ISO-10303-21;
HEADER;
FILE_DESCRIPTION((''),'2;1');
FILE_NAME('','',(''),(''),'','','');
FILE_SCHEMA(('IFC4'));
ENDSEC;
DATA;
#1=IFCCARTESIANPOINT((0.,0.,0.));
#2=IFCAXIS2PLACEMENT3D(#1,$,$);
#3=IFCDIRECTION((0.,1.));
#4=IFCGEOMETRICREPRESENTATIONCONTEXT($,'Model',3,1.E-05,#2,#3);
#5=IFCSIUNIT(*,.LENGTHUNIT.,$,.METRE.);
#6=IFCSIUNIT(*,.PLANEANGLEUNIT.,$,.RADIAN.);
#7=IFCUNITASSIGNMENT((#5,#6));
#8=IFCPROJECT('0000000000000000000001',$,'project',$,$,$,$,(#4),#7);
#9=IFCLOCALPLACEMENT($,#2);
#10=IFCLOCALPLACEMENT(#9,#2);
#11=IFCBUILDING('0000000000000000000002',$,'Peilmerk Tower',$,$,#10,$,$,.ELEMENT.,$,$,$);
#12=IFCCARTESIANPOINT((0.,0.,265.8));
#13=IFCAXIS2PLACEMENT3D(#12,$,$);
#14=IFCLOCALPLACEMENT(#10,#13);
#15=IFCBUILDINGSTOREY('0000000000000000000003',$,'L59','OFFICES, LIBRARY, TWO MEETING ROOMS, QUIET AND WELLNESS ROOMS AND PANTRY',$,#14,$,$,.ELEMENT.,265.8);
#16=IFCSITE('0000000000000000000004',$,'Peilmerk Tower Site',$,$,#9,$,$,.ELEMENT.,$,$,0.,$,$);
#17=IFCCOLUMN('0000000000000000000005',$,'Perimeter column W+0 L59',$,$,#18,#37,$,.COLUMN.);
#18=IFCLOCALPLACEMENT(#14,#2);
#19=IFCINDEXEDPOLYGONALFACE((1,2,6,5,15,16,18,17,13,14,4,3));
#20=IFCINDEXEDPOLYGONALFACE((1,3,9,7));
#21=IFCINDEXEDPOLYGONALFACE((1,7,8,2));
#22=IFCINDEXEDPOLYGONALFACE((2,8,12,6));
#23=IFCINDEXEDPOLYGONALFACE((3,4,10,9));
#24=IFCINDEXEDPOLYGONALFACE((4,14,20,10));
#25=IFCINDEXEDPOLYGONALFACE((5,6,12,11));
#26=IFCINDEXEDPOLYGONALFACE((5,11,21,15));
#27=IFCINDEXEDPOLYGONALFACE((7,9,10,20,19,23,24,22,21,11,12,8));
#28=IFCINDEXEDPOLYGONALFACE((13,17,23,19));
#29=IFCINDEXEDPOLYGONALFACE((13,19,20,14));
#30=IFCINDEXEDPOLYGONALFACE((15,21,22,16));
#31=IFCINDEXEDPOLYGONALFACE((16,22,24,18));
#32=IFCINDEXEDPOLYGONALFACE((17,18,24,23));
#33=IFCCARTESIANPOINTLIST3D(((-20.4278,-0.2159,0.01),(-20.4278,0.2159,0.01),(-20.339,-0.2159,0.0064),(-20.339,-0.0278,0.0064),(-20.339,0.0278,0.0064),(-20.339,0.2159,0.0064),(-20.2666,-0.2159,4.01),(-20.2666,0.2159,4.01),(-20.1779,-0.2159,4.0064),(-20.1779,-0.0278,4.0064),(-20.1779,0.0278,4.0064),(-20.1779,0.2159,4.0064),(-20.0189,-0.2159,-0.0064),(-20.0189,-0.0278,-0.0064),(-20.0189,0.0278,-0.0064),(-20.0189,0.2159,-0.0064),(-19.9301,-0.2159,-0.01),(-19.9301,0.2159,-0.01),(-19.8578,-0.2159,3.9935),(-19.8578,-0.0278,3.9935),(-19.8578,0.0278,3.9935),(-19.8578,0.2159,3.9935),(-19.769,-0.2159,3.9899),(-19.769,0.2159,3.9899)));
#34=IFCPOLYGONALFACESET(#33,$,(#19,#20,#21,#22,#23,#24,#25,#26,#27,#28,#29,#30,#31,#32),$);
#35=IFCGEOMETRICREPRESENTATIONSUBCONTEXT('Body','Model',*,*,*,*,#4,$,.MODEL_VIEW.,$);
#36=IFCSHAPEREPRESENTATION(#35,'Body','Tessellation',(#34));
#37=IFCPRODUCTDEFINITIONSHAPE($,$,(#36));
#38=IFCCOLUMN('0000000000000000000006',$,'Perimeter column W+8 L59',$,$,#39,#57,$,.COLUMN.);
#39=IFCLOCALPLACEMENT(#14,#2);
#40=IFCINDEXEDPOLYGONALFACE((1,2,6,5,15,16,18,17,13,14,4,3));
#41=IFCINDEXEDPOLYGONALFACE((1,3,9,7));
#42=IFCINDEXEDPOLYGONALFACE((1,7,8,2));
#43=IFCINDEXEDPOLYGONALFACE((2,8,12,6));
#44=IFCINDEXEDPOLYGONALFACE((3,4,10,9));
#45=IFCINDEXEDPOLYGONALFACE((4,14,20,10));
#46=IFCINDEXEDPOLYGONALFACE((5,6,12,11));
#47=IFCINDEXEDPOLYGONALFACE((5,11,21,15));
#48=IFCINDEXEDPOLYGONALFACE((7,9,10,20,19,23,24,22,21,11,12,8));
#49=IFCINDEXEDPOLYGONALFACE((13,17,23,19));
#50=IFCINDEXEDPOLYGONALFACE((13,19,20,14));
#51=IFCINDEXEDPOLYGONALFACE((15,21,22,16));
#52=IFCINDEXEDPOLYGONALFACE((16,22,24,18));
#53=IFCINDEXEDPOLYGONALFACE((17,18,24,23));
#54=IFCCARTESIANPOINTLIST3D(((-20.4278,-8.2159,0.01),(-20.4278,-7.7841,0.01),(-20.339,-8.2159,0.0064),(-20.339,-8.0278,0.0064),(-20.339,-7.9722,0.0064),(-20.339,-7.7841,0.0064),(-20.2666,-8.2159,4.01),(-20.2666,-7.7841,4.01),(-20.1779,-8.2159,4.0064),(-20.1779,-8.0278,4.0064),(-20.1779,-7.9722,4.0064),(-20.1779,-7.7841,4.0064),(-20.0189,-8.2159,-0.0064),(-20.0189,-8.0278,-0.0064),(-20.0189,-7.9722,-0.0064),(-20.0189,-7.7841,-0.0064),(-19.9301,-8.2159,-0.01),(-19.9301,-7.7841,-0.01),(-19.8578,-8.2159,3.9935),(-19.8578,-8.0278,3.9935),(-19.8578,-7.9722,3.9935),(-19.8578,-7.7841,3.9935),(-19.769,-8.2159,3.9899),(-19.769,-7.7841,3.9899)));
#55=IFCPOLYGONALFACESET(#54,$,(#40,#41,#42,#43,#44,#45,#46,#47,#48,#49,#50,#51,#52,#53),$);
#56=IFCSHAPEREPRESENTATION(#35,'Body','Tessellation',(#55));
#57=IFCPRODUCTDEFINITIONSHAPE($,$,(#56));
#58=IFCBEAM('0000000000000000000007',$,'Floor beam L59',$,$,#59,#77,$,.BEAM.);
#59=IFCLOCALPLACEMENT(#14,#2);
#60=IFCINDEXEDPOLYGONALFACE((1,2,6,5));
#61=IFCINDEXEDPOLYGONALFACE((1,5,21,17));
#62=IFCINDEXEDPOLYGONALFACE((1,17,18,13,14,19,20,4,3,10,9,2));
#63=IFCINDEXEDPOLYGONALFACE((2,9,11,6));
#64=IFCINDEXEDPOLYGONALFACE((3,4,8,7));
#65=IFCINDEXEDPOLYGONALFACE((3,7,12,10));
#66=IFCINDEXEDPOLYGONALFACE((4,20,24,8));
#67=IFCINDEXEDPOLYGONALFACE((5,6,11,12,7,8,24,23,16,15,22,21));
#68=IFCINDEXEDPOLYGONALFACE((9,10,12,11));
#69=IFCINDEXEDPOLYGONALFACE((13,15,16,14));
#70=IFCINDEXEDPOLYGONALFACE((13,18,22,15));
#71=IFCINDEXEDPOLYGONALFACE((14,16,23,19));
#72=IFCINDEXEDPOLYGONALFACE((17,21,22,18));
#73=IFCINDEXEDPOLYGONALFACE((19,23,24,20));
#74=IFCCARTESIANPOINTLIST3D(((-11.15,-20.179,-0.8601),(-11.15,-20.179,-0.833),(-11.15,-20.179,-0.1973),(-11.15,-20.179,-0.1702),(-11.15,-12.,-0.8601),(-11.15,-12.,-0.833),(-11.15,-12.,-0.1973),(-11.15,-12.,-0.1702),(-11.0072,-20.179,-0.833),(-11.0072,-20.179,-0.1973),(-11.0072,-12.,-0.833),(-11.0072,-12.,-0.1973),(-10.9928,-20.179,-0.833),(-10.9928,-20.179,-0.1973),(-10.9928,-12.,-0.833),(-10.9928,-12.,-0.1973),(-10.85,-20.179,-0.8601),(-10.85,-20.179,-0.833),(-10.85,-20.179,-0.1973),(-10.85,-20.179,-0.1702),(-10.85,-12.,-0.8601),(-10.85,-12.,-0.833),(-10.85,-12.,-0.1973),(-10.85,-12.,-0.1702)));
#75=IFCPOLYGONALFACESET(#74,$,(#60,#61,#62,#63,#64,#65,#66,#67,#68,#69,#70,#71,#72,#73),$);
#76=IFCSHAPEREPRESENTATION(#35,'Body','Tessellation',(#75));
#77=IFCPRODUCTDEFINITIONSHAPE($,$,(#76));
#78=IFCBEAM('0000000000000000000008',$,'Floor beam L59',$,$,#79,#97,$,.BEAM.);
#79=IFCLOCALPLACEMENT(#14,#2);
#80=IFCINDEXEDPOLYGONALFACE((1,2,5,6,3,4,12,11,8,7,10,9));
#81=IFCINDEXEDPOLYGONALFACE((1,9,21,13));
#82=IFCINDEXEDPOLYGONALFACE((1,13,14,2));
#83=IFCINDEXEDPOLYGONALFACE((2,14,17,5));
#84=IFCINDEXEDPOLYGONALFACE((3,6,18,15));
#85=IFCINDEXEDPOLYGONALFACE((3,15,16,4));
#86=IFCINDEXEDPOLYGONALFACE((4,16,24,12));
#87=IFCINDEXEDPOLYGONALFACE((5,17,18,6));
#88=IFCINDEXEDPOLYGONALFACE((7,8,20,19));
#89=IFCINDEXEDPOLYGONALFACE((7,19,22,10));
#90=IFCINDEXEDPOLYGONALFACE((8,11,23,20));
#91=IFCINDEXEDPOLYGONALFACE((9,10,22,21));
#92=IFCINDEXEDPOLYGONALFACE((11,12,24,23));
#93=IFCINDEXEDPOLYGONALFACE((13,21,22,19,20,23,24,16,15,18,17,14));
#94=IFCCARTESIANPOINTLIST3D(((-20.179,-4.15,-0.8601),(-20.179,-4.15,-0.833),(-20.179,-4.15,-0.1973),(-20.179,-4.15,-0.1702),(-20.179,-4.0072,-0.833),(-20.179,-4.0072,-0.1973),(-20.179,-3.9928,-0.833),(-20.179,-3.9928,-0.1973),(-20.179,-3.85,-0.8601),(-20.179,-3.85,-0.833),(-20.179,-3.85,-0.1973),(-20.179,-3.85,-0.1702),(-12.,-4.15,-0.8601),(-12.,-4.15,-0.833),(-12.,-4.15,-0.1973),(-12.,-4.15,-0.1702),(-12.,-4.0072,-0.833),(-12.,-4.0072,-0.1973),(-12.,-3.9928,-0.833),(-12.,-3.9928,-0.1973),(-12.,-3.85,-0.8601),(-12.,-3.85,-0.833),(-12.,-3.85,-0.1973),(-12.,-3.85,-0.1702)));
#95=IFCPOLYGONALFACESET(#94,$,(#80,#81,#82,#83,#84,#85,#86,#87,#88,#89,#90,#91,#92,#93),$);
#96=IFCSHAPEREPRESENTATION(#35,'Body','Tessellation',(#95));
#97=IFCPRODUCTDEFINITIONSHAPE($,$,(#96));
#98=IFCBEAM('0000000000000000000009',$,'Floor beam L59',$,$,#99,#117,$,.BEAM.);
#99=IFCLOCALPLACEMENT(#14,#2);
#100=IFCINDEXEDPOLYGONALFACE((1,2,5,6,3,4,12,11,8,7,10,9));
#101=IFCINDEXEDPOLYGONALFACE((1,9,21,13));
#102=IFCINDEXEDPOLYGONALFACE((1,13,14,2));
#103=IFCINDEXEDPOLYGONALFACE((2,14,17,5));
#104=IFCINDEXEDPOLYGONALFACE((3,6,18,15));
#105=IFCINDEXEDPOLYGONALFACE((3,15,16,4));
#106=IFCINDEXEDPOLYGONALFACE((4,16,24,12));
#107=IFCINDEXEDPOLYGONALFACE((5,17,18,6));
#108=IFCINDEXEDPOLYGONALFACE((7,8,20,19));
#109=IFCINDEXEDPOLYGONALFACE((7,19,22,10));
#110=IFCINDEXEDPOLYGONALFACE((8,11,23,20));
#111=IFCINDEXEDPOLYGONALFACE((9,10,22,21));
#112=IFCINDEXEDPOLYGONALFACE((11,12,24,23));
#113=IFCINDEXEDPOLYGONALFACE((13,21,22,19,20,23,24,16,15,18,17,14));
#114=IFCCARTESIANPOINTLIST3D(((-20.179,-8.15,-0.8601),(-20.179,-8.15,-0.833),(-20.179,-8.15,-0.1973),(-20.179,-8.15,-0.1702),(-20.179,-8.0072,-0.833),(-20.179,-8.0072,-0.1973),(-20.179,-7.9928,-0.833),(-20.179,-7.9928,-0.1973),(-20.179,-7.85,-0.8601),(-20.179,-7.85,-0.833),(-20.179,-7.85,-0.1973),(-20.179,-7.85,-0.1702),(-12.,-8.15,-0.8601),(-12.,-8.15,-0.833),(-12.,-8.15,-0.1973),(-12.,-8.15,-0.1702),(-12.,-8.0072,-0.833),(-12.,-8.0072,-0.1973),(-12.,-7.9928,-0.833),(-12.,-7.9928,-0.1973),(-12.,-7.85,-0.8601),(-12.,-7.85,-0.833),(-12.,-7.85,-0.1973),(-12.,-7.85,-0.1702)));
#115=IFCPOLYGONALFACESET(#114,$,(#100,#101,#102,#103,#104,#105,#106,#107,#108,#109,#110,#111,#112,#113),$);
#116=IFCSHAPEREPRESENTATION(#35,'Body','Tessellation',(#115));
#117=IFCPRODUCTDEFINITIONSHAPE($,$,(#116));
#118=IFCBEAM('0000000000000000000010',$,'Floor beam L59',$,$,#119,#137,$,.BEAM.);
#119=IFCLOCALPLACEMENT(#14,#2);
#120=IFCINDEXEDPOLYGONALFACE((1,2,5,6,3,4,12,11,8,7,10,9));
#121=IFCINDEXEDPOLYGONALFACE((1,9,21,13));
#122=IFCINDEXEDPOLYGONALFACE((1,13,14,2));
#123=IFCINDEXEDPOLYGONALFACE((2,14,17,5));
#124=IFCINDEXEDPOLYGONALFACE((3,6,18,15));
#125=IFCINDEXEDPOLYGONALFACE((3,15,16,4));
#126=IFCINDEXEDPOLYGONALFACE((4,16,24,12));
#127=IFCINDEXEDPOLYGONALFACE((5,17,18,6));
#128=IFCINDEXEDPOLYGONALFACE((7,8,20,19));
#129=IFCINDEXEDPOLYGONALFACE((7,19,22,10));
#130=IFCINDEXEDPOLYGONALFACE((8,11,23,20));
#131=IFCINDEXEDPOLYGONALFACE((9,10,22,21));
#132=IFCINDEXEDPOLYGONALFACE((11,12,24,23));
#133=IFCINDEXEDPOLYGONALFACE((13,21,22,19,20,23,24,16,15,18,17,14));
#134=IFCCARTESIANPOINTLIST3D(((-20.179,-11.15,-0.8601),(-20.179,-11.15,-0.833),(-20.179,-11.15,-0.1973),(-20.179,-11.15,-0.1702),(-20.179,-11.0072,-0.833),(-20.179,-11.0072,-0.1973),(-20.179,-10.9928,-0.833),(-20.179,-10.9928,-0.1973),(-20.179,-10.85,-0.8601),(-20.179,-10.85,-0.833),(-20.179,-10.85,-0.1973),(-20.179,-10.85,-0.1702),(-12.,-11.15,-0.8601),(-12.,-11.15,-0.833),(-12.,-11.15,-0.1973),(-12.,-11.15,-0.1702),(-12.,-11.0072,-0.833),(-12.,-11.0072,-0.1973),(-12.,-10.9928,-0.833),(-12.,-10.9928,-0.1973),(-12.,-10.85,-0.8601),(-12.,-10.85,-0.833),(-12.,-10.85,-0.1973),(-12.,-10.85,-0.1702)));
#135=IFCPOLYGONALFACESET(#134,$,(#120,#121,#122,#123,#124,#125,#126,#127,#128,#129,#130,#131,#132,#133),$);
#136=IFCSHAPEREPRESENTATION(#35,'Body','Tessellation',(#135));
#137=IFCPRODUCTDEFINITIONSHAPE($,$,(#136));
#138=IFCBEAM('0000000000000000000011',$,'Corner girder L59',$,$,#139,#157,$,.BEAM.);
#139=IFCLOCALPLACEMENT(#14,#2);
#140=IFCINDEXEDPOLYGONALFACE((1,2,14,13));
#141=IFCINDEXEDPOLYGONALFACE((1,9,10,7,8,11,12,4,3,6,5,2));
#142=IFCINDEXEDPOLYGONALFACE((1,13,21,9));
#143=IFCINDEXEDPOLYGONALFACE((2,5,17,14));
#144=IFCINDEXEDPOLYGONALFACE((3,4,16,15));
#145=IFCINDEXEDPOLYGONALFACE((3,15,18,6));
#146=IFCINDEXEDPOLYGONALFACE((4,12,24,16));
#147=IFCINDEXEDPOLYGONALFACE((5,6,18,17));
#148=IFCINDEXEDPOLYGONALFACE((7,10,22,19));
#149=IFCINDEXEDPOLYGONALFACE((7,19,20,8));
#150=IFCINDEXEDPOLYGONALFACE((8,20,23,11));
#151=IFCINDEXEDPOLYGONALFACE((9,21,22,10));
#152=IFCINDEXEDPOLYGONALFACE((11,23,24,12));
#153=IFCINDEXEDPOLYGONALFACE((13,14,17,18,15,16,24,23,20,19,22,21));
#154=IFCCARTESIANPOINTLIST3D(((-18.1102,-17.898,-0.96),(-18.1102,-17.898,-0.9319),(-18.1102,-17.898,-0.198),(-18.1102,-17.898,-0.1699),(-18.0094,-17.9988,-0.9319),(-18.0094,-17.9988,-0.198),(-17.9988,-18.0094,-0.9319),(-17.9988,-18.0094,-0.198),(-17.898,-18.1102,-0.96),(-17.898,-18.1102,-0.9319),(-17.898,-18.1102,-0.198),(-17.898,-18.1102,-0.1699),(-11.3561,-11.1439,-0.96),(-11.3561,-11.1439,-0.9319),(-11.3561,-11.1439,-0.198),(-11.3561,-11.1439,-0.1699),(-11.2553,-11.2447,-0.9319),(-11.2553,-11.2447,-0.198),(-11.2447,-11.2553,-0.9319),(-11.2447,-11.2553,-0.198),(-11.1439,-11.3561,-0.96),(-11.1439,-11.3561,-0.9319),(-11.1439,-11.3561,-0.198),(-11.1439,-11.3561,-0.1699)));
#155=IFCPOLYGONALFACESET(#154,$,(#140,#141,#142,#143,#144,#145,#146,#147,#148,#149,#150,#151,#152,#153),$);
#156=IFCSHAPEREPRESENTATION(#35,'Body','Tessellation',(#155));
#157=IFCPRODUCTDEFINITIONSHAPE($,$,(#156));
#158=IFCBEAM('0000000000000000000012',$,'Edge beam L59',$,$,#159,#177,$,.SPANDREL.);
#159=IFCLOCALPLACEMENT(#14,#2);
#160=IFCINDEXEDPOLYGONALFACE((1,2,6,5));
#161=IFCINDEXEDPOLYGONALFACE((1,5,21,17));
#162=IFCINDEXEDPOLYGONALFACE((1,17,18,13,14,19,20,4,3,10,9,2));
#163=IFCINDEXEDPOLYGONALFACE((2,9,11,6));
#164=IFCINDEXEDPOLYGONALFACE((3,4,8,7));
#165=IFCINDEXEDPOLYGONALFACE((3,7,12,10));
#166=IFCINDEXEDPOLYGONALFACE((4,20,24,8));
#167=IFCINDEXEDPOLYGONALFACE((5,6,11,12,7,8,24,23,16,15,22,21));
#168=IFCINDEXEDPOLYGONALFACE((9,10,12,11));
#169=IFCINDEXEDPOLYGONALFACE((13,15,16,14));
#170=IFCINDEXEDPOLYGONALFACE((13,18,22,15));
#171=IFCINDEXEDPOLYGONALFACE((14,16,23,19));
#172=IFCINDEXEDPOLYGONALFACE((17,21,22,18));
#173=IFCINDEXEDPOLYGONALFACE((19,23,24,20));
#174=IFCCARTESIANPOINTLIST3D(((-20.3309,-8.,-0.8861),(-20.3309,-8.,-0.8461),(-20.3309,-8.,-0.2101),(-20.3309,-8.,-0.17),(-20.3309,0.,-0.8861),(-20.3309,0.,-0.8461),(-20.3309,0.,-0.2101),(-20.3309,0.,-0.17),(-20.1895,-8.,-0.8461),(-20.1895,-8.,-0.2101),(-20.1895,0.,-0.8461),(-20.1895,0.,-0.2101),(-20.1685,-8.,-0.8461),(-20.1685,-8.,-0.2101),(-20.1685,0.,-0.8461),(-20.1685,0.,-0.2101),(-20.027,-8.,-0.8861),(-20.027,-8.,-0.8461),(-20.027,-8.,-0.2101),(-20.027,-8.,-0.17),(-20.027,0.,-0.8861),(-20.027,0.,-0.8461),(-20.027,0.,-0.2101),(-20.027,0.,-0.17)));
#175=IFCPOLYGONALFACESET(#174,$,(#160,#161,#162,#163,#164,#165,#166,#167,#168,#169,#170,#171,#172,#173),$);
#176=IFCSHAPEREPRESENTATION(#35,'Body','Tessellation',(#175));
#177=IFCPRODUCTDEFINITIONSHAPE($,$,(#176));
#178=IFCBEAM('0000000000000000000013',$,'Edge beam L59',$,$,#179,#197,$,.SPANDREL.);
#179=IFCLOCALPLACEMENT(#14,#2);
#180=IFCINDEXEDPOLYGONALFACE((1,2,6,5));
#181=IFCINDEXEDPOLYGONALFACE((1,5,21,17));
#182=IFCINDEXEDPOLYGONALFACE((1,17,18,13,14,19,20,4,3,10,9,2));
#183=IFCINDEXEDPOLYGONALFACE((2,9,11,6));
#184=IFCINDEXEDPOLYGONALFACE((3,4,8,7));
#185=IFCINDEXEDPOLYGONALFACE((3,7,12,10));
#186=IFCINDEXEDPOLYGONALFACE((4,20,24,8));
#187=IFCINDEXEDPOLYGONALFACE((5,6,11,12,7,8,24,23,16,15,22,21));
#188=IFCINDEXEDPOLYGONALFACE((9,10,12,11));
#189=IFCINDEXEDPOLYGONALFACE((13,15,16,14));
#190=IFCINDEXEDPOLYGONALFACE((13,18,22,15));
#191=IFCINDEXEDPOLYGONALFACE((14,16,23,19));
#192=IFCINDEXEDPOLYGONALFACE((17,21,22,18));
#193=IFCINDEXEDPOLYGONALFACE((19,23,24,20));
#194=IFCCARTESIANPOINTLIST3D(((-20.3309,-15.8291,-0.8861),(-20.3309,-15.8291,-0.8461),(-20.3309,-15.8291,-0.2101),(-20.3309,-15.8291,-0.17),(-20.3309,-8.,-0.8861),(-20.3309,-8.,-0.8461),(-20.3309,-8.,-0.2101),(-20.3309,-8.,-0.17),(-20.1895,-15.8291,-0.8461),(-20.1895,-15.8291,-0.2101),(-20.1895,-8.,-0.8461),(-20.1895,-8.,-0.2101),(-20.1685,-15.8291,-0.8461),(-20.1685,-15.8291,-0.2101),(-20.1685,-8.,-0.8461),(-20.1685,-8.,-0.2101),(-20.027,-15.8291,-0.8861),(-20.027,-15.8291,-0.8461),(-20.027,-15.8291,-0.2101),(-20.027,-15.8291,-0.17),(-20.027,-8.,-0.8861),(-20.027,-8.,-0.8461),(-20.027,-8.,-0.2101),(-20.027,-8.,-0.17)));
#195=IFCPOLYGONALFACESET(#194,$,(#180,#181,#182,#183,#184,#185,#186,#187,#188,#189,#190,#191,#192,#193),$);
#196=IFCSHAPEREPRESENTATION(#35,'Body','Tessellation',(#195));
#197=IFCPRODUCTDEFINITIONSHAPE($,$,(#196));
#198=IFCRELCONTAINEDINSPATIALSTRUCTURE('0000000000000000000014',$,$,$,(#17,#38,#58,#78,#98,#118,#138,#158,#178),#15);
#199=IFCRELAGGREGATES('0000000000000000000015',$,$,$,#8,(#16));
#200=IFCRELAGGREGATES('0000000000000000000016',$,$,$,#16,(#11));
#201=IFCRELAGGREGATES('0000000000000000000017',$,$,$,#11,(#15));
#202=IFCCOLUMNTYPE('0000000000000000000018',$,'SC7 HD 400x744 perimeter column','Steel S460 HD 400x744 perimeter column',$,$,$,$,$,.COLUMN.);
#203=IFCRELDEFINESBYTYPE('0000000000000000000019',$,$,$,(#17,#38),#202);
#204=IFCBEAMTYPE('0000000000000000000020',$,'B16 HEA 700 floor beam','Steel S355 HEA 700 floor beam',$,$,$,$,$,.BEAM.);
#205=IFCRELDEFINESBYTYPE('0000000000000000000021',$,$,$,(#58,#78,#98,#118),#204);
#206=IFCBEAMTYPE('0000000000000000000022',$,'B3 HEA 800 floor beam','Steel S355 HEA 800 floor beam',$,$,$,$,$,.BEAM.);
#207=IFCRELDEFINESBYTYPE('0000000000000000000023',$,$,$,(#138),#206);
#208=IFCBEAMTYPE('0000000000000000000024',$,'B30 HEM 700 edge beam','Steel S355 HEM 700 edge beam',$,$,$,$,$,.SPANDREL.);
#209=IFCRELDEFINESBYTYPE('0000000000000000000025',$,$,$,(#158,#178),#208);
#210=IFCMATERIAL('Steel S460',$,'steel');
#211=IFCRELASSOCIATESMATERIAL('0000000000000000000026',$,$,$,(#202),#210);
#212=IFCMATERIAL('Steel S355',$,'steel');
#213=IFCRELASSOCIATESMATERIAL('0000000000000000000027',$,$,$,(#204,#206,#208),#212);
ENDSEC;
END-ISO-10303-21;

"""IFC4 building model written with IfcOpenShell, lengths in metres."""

from ifc_helpers import new_model, si_unit, direction, frame, origin, origin_2d, place, context, subcontext, project, spatial, i_section, extrude, material, material_profile, profile_set, type_object, element, save


model = new_model("IFC4")

# Units and contexts
model_context = context("Model", 3, precision=1e-05, world=origin(), true_north=direction((0.0, 1.0)))
body_context = subcontext(model_context, "Body", "Model", "MODEL_VIEW")
ifc_project = project(units=[si_unit("LENGTHUNIT", "METRE"), si_unit("PLANEANGLEUNIT", "RADIAN")], contexts=[model_context])

# Site, building, storey
site_placement = place(None, origin())
site = spatial("IfcSite", under=ifc_project, at=site_placement, Name="Peilmerk Tower Site", CompositionType="ELEMENT", RefElevation=0.0)
building_placement = place(site_placement, origin())
building = spatial("IfcBuilding", under=site, at=building_placement, Name="Peilmerk Tower", CompositionType="ELEMENT")
storey_placement = place(building_placement, frame((0.0, 0.0, 265.8)))
storey = spatial("IfcBuildingStorey", under=building, at=storey_placement, Name="L59", Description="OFFICES, LIBRARY, TWO MEETING ROOMS, QUIET AND WELLNESS ROOMS AND PANTRY", CompositionType="ELEMENT", Elevation=265.8)

# Columns
ifc_material_1 = material(Name="Steel S460", Category="steel")
ifc_material_profile_1 = material_profile(ifc_material_1, i_section(OverallWidth=0.4319, OverallDepth=0.498, WebThickness=0.0557, FlangeThickness=0.0889, at=origin_2d()), Name="HD 400x744")
ifc_profile_set_1 = profile_set([ifc_material_profile_1], Name="Steel S460")
column_type = type_object("IfcColumnType", Name="SC7 HD 400x744 perimeter column", Description="Steel S460 HD 400x744 perimeter column", PredefinedType="COLUMN", material=ifc_profile_set_1)
for number, where, z_axis, x_axis, name in (
    (1, (-20.179, 0.0, 0.0), (0.040251, 0.0, 0.99919), (0.0, 1.0, 0.0), "Perimeter column W+0 L59"),
    (2, (-20.179, -8.0, 0.0), (0.040251, 0.0, 0.99919), (0.0, 1.0, 0.0), "Perimeter column W+8 L59"),
):
    element("IfcColumn", number, at=place(storey_placement, frame(where, z_axis=z_axis, x_axis=x_axis)), inside=storey, type_object=column_type, Name=name, PredefinedType="COLUMN", context=body_context, shape_type="SweptSolid", body=[
        extrude(i_section(OverallWidth=0.4319, OverallDepth=0.498, WebThickness=0.0557, FlangeThickness=0.0889, at=origin_2d()), origin(), (0.0, 0.0, 1.0), 4.0032),
    ])

# Beams
ifc_material_2 = material(Name="Steel S355", Category="steel")
ifc_material_profile_2 = material_profile(ifc_material_2, i_section(OverallWidth=0.3, OverallDepth=0.6899, WebThickness=0.0144, FlangeThickness=0.0271, at=origin_2d()), Name="HEA 700")
ifc_profile_set_2 = profile_set([ifc_material_profile_2], Name="Steel S355")
beam_type_1 = type_object("IfcBeamType", Name="B16 HEA 700 floor beam", Description="Steel S355 HEA 700 floor beam", PredefinedType="BEAM", material=ifc_profile_set_2)
for number, where, z_axis, x_axis, name in (
    (3, (-11.0, -12.0, -0.5151), (0.0, -1.0, 0.0), (1.0, 0.0, 0.0), "Floor beam L59"),
    (4, (-12.0, -4.0, -0.5151), (-1.0, 0.0, 0.0), (0.0, -1.0, 0.0), "Floor beam L59"),
    (5, (-12.0, -8.0, -0.5151), (-1.0, 0.0, 0.0), (0.0, -1.0, 0.0), "Floor beam L59"),
    (6, (-12.0, -11.0, -0.5151), (-1.0, 0.0, 0.0), (0.0, -1.0, 0.0), "Floor beam L59"),
):
    element("IfcBeam", number, at=place(storey_placement, frame(where, z_axis=z_axis, x_axis=x_axis)), inside=storey, type_object=beam_type_1, Name=name, PredefinedType="BEAM", context=body_context, shape_type="SweptSolid", body=[
        extrude(i_section(OverallWidth=0.3, OverallDepth=0.6899, WebThickness=0.0144, FlangeThickness=0.0271, at=origin_2d()), origin(), (0.0, 0.0, 1.0), 8.179),
    ])
ifc_material_profile_3 = material_profile(ifc_material_2, i_section(OverallWidth=0.3, OverallDepth=0.79, WebThickness=0.0149, FlangeThickness=0.0281, at=origin_2d()), Name="HEA 800")
ifc_profile_set_3 = profile_set([ifc_material_profile_3], Name="Steel S355")
beam_type_2 = type_object("IfcBeamType", Name="B3 HEA 800 floor beam", Description="Steel S355 HEA 800 floor beam", PredefinedType="BEAM", material=ifc_profile_set_3)
beam_1_placement = place(storey_placement, frame((-11.25, -11.25, -0.5649), z_axis=(-0.707107, -0.707107, 0.0), x_axis=(0.707107, -0.707107, 0.0)))
element("IfcBeam", 7, at=beam_1_placement, inside=storey, type_object=beam_type_2, Name="Corner girder L59", PredefinedType="BEAM", context=body_context, shape_type="SweptSolid", body=[
    extrude(i_section(OverallWidth=0.3, OverallDepth=0.79, WebThickness=0.0149, FlangeThickness=0.0281, at=origin_2d()), origin(), (0.0, 0.0, 1.0), 9.5518),
])
ifc_material_profile_4 = material_profile(ifc_material_2, i_section(OverallWidth=0.304, OverallDepth=0.7161, WebThickness=0.021, FlangeThickness=0.04, at=origin_2d()), Name="HEM 700")
ifc_profile_set_4 = profile_set([ifc_material_profile_4], Name="Steel S355")
beam_type_3 = type_object("IfcBeamType", Name="B30 HEM 700 edge beam", Description="Steel S355 HEM 700 edge beam", PredefinedType="SPANDREL", material=ifc_profile_set_4)
beam_2_placement = place(storey_placement, frame((-20.179, 0.0, -0.5281), z_axis=(0.0, -1.0, 0.0), x_axis=(1.0, 0.0, 0.0)))
element("IfcBeam", 8, at=beam_2_placement, inside=storey, type_object=beam_type_3, Name="Edge beam L59", PredefinedType="SPANDREL", context=body_context, shape_type="SweptSolid", body=[
    extrude(i_section(OverallWidth=0.304, OverallDepth=0.7161, WebThickness=0.021, FlangeThickness=0.04, at=origin_2d()), origin(), (0.0, 0.0, 1.0), 8.0),
])
beam_3_placement = place(storey_placement, frame((-20.179, -8.0, -0.5281), z_axis=(0.0, -1.0, 0.0), x_axis=(1.0, 0.0, 0.0)))
element("IfcBeam", 9, at=beam_3_placement, inside=storey, type_object=beam_type_3, Name="Edge beam L59", PredefinedType="SPANDREL", context=body_context, shape_type="SweptSolid", body=[
    extrude(i_section(OverallWidth=0.304, OverallDepth=0.7161, WebThickness=0.021, FlangeThickness=0.04, at=origin_2d()), origin(), (0.0, 0.0, 1.0), 7.8291),
])

save(model, "model.ifc")
